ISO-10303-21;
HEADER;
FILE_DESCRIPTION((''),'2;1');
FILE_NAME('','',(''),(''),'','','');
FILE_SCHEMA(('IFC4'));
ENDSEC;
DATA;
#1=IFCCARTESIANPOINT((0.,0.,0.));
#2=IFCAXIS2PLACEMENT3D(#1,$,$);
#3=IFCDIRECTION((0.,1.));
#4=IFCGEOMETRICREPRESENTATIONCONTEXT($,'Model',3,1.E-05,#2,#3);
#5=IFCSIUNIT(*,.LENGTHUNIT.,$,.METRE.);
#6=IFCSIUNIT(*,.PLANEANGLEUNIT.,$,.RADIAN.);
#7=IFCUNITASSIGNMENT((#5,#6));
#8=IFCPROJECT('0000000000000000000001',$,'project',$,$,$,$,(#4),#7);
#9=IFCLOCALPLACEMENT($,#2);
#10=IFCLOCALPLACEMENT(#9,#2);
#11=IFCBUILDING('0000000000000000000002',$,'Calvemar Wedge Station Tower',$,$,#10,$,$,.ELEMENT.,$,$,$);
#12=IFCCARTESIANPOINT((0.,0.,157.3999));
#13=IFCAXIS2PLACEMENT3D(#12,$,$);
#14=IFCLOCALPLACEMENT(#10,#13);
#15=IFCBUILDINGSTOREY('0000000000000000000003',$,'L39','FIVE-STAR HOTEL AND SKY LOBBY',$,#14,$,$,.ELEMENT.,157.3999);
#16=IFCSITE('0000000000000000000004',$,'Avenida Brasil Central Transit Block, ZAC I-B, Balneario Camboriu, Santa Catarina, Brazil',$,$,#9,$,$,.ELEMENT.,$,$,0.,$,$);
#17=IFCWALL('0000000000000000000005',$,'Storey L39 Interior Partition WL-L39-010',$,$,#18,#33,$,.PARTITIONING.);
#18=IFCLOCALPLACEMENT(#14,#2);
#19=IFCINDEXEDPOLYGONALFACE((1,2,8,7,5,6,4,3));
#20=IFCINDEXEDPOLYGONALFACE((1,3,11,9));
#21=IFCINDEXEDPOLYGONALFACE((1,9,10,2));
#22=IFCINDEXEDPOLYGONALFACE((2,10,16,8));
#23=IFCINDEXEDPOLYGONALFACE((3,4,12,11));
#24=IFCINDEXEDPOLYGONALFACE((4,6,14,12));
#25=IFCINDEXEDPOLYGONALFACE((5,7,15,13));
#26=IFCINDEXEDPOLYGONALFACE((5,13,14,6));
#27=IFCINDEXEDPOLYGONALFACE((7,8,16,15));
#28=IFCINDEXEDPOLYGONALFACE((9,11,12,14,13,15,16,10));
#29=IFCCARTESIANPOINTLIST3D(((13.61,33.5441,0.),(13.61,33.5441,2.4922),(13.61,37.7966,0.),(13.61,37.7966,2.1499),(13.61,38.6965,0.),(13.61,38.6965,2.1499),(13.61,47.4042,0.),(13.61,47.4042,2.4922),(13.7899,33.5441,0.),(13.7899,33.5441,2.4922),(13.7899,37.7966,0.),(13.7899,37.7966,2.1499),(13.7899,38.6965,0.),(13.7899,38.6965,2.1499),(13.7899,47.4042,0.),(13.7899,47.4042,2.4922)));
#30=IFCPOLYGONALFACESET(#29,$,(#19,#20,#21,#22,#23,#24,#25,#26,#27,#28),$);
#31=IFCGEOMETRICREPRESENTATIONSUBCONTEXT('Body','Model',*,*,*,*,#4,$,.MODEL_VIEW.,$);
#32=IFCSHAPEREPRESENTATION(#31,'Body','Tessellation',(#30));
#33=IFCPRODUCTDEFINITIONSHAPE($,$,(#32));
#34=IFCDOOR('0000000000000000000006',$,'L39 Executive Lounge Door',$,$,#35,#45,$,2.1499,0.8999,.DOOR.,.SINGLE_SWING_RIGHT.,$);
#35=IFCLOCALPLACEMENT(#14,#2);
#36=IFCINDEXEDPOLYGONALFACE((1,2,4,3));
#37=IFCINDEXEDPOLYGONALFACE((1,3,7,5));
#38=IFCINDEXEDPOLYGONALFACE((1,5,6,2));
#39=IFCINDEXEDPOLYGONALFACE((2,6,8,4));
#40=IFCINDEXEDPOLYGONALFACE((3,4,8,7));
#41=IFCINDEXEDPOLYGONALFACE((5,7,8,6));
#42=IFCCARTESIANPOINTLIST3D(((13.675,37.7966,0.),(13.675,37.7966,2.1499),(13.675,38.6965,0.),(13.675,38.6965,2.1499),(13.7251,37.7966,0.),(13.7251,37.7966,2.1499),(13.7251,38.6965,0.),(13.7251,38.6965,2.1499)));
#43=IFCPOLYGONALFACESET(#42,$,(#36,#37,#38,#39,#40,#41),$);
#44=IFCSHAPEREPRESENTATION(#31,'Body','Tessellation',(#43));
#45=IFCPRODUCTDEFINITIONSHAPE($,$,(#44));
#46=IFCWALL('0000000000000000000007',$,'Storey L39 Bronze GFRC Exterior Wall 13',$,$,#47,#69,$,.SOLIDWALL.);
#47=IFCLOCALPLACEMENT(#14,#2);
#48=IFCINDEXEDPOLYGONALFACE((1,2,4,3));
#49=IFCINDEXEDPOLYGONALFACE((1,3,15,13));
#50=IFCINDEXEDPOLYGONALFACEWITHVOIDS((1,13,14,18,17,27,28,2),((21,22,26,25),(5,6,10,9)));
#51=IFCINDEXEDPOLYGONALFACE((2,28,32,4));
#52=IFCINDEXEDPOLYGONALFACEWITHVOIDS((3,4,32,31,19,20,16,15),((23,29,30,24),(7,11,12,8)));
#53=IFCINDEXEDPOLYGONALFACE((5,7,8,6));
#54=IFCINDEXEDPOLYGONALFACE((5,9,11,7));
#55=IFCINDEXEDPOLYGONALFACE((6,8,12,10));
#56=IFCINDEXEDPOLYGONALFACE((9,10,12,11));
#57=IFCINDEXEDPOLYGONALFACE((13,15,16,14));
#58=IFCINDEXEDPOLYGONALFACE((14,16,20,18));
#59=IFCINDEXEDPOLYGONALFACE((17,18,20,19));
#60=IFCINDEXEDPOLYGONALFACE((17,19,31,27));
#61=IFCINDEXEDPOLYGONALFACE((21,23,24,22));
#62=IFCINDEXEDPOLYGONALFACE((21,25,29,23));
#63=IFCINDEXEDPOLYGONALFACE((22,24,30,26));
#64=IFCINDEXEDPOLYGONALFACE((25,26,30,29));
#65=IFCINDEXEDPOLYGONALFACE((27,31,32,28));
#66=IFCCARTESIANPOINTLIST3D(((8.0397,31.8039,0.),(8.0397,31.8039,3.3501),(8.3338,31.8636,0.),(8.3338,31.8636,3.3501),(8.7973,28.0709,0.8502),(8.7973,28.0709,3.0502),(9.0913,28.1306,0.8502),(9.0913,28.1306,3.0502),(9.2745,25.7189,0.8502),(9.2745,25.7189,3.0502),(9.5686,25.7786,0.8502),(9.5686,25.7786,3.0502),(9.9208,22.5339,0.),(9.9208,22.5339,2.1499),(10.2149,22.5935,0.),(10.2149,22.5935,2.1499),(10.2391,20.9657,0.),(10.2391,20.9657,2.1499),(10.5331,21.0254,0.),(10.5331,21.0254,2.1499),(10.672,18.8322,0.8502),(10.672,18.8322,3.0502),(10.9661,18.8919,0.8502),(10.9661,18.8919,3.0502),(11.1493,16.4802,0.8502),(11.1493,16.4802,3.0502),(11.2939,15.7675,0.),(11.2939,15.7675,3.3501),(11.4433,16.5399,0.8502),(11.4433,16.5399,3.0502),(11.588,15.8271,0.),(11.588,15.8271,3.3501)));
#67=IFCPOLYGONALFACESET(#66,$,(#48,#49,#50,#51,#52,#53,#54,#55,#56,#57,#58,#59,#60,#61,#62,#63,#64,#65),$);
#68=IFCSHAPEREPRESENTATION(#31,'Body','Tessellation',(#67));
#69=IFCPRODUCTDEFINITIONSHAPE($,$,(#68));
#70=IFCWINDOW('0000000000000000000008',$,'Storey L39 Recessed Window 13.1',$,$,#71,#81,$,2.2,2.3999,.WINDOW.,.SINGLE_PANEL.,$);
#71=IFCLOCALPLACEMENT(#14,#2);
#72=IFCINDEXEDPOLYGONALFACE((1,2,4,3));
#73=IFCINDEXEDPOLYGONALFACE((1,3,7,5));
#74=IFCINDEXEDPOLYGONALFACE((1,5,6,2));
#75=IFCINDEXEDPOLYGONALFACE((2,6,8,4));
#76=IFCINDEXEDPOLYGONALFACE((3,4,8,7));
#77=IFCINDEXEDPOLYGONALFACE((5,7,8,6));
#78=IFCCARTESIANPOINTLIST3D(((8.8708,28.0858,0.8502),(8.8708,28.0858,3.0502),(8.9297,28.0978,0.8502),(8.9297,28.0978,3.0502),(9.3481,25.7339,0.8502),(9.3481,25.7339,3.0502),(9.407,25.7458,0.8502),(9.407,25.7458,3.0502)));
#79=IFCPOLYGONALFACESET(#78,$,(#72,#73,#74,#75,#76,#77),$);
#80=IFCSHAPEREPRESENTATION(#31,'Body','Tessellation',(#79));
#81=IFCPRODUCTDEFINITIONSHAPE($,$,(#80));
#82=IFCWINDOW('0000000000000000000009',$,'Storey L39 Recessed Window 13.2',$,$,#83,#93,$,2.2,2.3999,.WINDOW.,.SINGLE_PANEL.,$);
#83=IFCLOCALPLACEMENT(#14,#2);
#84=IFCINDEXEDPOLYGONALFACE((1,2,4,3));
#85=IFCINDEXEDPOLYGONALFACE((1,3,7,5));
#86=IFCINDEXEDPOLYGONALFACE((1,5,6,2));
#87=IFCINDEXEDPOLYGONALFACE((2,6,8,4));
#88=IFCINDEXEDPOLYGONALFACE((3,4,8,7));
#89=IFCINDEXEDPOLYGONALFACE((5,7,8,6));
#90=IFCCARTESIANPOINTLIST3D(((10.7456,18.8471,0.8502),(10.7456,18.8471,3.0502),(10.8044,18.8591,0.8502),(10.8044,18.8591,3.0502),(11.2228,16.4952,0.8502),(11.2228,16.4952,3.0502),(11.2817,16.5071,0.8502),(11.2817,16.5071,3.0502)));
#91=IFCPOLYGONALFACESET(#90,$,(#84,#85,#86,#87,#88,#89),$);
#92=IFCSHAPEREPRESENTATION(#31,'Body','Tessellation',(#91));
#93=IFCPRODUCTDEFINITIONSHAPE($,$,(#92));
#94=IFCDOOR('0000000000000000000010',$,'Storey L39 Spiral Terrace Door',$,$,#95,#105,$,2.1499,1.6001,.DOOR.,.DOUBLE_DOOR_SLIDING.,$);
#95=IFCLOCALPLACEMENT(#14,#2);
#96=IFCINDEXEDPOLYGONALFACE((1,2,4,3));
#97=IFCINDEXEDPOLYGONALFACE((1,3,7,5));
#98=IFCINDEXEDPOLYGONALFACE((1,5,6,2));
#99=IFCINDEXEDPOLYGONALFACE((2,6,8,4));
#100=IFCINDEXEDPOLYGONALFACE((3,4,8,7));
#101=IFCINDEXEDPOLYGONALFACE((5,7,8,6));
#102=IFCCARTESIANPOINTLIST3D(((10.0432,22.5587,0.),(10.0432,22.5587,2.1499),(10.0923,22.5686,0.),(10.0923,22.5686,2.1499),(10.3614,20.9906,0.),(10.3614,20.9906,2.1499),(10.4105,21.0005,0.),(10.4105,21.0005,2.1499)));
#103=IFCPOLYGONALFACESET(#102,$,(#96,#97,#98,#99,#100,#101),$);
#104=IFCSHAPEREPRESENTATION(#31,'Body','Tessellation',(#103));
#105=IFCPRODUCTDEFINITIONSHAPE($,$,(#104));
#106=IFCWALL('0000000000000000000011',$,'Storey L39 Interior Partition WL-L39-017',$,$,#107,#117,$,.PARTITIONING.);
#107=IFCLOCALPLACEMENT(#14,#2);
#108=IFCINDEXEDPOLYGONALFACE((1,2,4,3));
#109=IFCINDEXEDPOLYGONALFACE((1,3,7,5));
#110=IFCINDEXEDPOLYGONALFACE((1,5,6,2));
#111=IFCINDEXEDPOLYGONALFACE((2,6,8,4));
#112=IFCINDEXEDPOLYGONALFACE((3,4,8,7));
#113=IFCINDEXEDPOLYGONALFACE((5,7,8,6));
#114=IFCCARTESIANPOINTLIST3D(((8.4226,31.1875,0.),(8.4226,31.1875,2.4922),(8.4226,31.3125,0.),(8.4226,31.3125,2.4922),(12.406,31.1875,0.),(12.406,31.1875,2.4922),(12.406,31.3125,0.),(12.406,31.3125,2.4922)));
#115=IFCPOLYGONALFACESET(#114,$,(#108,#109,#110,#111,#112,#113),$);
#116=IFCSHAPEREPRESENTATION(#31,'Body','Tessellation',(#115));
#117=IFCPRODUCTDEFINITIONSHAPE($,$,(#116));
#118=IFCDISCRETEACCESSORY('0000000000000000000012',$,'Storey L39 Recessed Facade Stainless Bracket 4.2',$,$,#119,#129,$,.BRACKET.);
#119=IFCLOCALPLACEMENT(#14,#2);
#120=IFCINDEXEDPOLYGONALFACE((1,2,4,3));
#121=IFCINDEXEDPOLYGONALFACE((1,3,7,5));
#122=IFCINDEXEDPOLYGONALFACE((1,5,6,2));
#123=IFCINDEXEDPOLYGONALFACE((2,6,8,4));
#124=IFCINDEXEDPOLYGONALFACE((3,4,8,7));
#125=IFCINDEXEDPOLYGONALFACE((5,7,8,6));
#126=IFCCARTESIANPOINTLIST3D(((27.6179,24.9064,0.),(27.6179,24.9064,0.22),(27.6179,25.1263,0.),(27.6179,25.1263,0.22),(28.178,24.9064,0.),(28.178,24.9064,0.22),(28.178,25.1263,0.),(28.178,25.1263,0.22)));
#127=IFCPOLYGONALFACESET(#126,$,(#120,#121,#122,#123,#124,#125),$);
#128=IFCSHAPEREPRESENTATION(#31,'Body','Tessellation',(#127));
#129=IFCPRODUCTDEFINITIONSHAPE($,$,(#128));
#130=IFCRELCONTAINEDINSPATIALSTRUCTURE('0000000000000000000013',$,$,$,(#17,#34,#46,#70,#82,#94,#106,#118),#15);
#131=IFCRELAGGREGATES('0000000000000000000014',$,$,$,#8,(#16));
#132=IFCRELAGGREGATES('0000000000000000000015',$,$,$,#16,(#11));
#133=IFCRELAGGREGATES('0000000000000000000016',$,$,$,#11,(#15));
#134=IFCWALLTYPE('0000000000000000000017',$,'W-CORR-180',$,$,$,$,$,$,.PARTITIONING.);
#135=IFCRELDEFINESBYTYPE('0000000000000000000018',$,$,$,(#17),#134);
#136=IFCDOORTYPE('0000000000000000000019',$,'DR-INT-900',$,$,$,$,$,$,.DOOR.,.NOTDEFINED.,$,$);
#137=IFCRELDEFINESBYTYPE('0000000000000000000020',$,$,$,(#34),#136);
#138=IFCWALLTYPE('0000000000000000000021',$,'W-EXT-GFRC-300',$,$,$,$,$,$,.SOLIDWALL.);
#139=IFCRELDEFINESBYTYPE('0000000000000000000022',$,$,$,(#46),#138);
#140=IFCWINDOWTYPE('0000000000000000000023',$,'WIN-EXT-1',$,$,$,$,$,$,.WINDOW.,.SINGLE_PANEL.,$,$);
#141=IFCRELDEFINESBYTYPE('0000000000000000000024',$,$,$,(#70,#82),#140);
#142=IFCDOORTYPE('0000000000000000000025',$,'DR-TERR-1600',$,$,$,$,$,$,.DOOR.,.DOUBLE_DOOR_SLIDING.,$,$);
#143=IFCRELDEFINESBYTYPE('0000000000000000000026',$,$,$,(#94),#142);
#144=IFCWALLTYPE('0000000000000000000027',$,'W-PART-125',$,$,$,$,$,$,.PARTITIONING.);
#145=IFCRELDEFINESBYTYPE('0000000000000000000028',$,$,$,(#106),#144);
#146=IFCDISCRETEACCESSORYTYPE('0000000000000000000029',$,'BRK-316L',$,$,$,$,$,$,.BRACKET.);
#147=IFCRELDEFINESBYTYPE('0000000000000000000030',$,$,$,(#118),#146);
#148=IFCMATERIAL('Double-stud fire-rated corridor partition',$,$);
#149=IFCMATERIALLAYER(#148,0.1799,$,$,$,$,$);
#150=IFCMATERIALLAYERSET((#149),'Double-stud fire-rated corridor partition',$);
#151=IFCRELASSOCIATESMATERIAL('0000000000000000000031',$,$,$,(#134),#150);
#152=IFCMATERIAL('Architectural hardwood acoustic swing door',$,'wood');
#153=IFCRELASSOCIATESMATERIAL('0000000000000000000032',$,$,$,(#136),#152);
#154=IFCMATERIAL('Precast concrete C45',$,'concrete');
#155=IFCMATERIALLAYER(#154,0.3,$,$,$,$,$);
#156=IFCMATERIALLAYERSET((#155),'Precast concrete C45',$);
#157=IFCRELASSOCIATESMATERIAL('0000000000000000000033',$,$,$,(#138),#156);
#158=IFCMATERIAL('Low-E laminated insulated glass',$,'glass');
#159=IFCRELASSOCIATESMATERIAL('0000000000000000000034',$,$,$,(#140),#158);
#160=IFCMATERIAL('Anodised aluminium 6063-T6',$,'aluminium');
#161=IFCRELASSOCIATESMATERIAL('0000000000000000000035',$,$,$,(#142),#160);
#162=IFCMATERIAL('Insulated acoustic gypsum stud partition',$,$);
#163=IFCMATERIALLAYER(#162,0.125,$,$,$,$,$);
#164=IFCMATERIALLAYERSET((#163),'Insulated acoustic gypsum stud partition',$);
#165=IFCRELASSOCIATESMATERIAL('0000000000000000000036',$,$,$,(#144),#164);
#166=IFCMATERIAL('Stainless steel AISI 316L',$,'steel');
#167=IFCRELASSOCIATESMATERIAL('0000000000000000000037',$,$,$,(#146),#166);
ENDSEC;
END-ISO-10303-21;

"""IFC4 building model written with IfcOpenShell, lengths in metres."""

from ifc_helpers import new_model, si_unit, direction, frame, frame_2d, origin, origin_2d, place, context, subcontext, project, spatial, rectangle, extrude, source, transform, mapped, material, layer, layer_set, type_object, element, fill, save


model = new_model("IFC4")

# Units and contexts
model_context = context("Model", 3, precision=1e-05, world=origin(), true_north=direction((0.0, 1.0)))
body_context = subcontext(model_context, "Body", "Model", "MODEL_VIEW")
ifc_project = project(units=[si_unit("LENGTHUNIT", "METRE"), si_unit("PLANEANGLEUNIT", "RADIAN")], contexts=[model_context])

# Site, building, storey
site_placement = place(None, origin())
site = spatial("IfcSite", under=ifc_project, at=site_placement, Name="Avenida Brasil Central Transit Block, ZAC I-B, Balneario Camboriu, Santa Catarina, Brazil", CompositionType="ELEMENT", RefElevation=0.0)
building_placement = place(site_placement, origin())
building = spatial("IfcBuilding", under=site, at=building_placement, Name="Calvemar Wedge Station Tower", CompositionType="ELEMENT")
storey_placement = place(building_placement, frame((0.0, 0.0, 157.3999)))
storey = spatial("IfcBuildingStorey", under=building, at=storey_placement, Name="L39", Description="FIVE-STAR HOTEL AND SKY LOBBY", CompositionType="ELEMENT", Elevation=157.3999)

# Shared definitions
ifc_material_1 = material(Name="Anodised aluminium 6063-T6", Category="aluminium")

# Shared definitions
ifc_material_2 = material(Name="Double-stud fire-rated corridor partition")
ifc_layer_1 = layer(ifc_material_2, 0.1799)
ifc_layer_set_1 = layer_set([ifc_layer_1], Name="Double-stud fire-rated corridor partition")
wall_type_1 = type_object("IfcWallType", Name="W-CORR-180", PredefinedType="PARTITIONING", material=ifc_layer_set_1)

# Wall, opening, door
wall_1_placement = place(storey_placement, frame((13.7, 33.5439, 0.0), z_axis=(0.0, 0.0, 1.0), x_axis=(0.0, 1.0, 0.0)))
wall_1 = element("IfcWall", 1, at=wall_1_placement, inside=storey, type_object=wall_type_1, Name="Storey L39 Interior Partition WL-L39-010", PredefinedType="PARTITIONING", context=body_context, shape_type="SweptSolid", body=[
    extrude(rectangle(XDim=13.8601, YDim=0.1799, at=frame_2d((6.9302, 0.0))), origin(), (0.0, 0.0, 1.0), 2.4922),
])
shared_shape_1 = source(origin(), body_context, "Body", "SweptSolid", [
    extrude(rectangle(XDim=0.8999, YDim=2.1499, at=frame_2d((0.45, 1.075))), frame((0.0, 0.1001, 0.0), z_axis=(0.0, -1.0, 0.0), x_axis=(1.0, 0.0, 0.0)), (0.0, 0.0, 1.0), 0.2),
])
opening_1_placement = place(wall_1_placement, frame((4.2527, 0.0, 0.0)))
opening_1 = element("IfcOpeningElement", 2, at=opening_1_placement, cuts=wall_1, PredefinedType="OPENING", context=body_context, shape_type="MappedRepresentation", body=[
    mapped(shared_shape_1, transform((0.0, 0.0, 0.0), scale=1.0)),
])
ifc_material_3 = material(Name="Architectural hardwood acoustic swing door", Category="wood")
door_type_1 = type_object("IfcDoorType", Name="DR-INT-900", OperationType="NOTDEFINED", PredefinedType="DOOR", material=ifc_material_3)
shared_shape_2 = source(origin(), body_context, "Body", "SweptSolid", [
    extrude(rectangle(XDim=0.8999, YDim=2.1499, at=frame_2d((0.45, 1.075))), frame((0.0, 0.0249, 0.0), z_axis=(0.0, -1.0, 0.0), x_axis=(1.0, 0.0, 0.0)), (0.0, 0.0, 1.0), 0.05),
])
door_1_placement = place(opening_1_placement, origin())
door_1 = element("IfcDoor", 3, at=door_1_placement, inside=storey, type_object=door_type_1, Name="L39 Executive Lounge Door", OperationType="SINGLE_SWING_RIGHT", OverallHeight=2.1499, OverallWidth=0.8999, PredefinedType="DOOR", context=body_context, shape_type="MappedRepresentation", body=[
    mapped(shared_shape_2, transform((0.0, 0.0, 0.0), scale=1.0)),
])
fill(opening_1, door_1)

# Wall, openings, windows, door
ifc_material_4 = material(Name="Precast concrete C45", Category="concrete")
ifc_layer_2 = layer(ifc_material_4, 0.3)
ifc_layer_set_2 = layer_set([ifc_layer_2], Name="Precast concrete C45")
wall_type_2 = type_object("IfcWallType", Name="W-EXT-GFRC-300", PredefinedType="SOLIDWALL", material=ifc_layer_set_2)
wall_2_placement = place(storey_placement, frame((8.1868, 31.8337, 0.0), z_axis=(0.0, 0.0, 1.0), x_axis=(0.19887, -0.980026, 0.0)))
wall_2 = element("IfcWall", 4, at=wall_2_placement, inside=storey, type_object=wall_type_2, Name="Storey L39 Bronze GFRC Exterior Wall 13", PredefinedType="SOLIDWALL", context=body_context, shape_type="SweptSolid", body=[
    extrude(rectangle(XDim=16.3633, YDim=0.3, at=frame_2d((8.1816, 0.0))), origin(), (0.0, 0.0, 1.0), 3.3501),
])
shared_shape_3 = source(origin(), body_context, "Body", "SweptSolid", [
    extrude(rectangle(XDim=1.6001, YDim=2.1499, at=frame_2d((0.8, 1.075))), frame((0.0, 0.1602, 0.0), z_axis=(0.0, -1.0, 0.0), x_axis=(1.0, 0.0, 0.0)), (0.0, 0.0, 1.0), 0.3201),
])
opening_2_placement = place(wall_2_placement, frame((9.459, 0.0, 0.0)))
opening_2 = element("IfcOpeningElement", 5, at=opening_2_placement, cuts=wall_2, PredefinedType="OPENING", context=body_context, shape_type="MappedRepresentation", body=[
    mapped(shared_shape_3, transform((0.0, 0.0, 0.0), scale=1.0)),
])
shared_shape_4 = source(origin(), body_context, "Body", "SweptSolid", [
    extrude(rectangle(XDim=2.3999, YDim=2.2, at=frame_2d((1.2, 1.1001))), frame((0.0, 0.1602, 0.0), z_axis=(0.0, -1.0, 0.0), x_axis=(1.0, 0.0, 0.0)), (0.0, 0.0, 1.0), 0.3201),
])
opening_3_placement = place(wall_2_placement, frame((3.8091, 0.0, 0.8501)))
opening_3 = element("IfcOpeningElement", 6, at=opening_3_placement, cuts=wall_2, PredefinedType="OPENING", context=body_context, shape_type="MappedRepresentation", body=[
    mapped(shared_shape_4, transform((0.0, 0.0, 0.0), scale=1.0)),
])
opening_4_placement = place(wall_2_placement, frame((13.2361, 0.0, 0.8501)))
opening_4 = element("IfcOpeningElement", 7, at=opening_4_placement, cuts=wall_2, PredefinedType="OPENING", context=body_context, shape_type="MappedRepresentation", body=[
    mapped(shared_shape_4, transform((0.0, 0.0, 0.0), scale=1.0)),
])
ifc_material_5 = material(Name="Low-E laminated insulated glass", Category="glass")
window_type = type_object("IfcWindowType", Name="WIN-EXT-1", PartitioningType="SINGLE_PANEL", PredefinedType="WINDOW", material=ifc_material_5)
shared_shape_5 = source(origin(), body_context, "Body", "SweptSolid", [
    extrude(rectangle(XDim=2.3999, YDim=2.2, at=frame_2d((1.2, 1.1001))), frame((0.0, -0.0149, 0.0), z_axis=(0.0, -1.0, 0.0), x_axis=(1.0, 0.0, 0.0)), (0.0, 0.0, 1.0), 0.0601),
])
window_1_placement = place(opening_3_placement, origin())
window_1 = element("IfcWindow", 8, at=window_1_placement, inside=storey, type_object=window_type, Name="Storey L39 Recessed Window 13.1", OverallHeight=2.2, OverallWidth=2.3999, PartitioningType="SINGLE_PANEL", PredefinedType="WINDOW", context=body_context, shape_type="MappedRepresentation", body=[
    mapped(shared_shape_5, transform((0.0, 0.0, 0.0), scale=1.0)),
])
fill(opening_3, window_1)
window_2_placement = place(opening_4_placement, origin())
window_2 = element("IfcWindow", 9, at=window_2_placement, inside=storey, type_object=window_type, Name="Storey L39 Recessed Window 13.2", OverallHeight=2.2, OverallWidth=2.3999, PartitioningType="SINGLE_PANEL", PredefinedType="WINDOW", context=body_context, shape_type="MappedRepresentation", body=[
    mapped(shared_shape_5, transform((0.0, 0.0, 0.0), scale=1.0)),
])
fill(opening_4, window_2)
door_type_2 = type_object("IfcDoorType", Name="DR-TERR-1600", OperationType="DOUBLE_DOOR_SLIDING", PredefinedType="DOOR", material=ifc_material_1)
shared_shape_6 = source(origin(), body_context, "Body", "SweptSolid", [
    extrude(rectangle(XDim=1.6001, YDim=2.1499, at=frame_2d((0.8, 1.075))), frame((0.0, 0.0249, 0.0), z_axis=(0.0, -1.0, 0.0), x_axis=(1.0, 0.0, 0.0)), (0.0, 0.0, 1.0), 0.05),
])
door_2_placement = place(opening_2_placement, origin())
door_2 = element("IfcDoor", 10, at=door_2_placement, inside=storey, type_object=door_type_2, Name="Storey L39 Spiral Terrace Door", OperationType="DOUBLE_DOOR_SLIDING", OverallHeight=2.1499, OverallWidth=1.6001, PredefinedType="DOOR", context=body_context, shape_type="MappedRepresentation", body=[
    mapped(shared_shape_6, transform((0.0, 0.0, 0.0), scale=1.0)),
])
fill(opening_2, door_2)

# Wall
ifc_material_6 = material(Name="Insulated acoustic gypsum stud partition")
ifc_layer_3 = layer(ifc_material_6, 0.125)
ifc_layer_set_3 = layer_set([ifc_layer_3], Name="Insulated acoustic gypsum stud partition")
wall_type_3 = type_object("IfcWallType", Name="W-PART-125", PredefinedType="PARTITIONING", material=ifc_layer_set_3)
wall_3_placement = place(storey_placement, frame((12.406, 31.25, 0.0), z_axis=(0.0, 0.0, 1.0), x_axis=(-1.0, 0.0, 0.0)))
element("IfcWall", 11, at=wall_3_placement, inside=storey, type_object=wall_type_3, Name="Storey L39 Interior Partition WL-L39-017", PredefinedType="PARTITIONING", context=body_context, shape_type="SweptSolid", body=[
    extrude(rectangle(XDim=3.9834, YDim=0.125, at=frame_2d((1.9917, 0.0))), origin(), (0.0, 0.0, 1.0), 2.4922),
])

# Discrete accessory
ifc_material_7 = material(Name="Stainless steel AISI 316L", Category="steel")
discrete_accessory_type = type_object("IfcDiscreteAccessoryType", Name="BRK-316L", PredefinedType="BRACKET", material=ifc_material_7)
shared_shape_7 = source(origin(), body_context, "Body", "SweptSolid", [
    extrude(rectangle(XDim=0.22, YDim=0.5601, at=origin_2d()), origin(), (0.0, 0.0, 1.0), 0.22),
])
discrete_accessory_placement = place(storey_placement, frame((27.8979, 25.0164, 0.0), z_axis=(0.0, 0.0, 1.0), x_axis=(0.0, 1.0, 0.0)))
element("IfcDiscreteAccessory", 12, at=discrete_accessory_placement, inside=storey, type_object=discrete_accessory_type, Name="Storey L39 Recessed Facade Stainless Bracket 4.2", PredefinedType="BRACKET", context=body_context, shape_type="MappedRepresentation", body=[
    mapped(shared_shape_7, transform((0.0, 0.0, 0.0), scale=1.0)),
])

save(model, "model.ifc")
